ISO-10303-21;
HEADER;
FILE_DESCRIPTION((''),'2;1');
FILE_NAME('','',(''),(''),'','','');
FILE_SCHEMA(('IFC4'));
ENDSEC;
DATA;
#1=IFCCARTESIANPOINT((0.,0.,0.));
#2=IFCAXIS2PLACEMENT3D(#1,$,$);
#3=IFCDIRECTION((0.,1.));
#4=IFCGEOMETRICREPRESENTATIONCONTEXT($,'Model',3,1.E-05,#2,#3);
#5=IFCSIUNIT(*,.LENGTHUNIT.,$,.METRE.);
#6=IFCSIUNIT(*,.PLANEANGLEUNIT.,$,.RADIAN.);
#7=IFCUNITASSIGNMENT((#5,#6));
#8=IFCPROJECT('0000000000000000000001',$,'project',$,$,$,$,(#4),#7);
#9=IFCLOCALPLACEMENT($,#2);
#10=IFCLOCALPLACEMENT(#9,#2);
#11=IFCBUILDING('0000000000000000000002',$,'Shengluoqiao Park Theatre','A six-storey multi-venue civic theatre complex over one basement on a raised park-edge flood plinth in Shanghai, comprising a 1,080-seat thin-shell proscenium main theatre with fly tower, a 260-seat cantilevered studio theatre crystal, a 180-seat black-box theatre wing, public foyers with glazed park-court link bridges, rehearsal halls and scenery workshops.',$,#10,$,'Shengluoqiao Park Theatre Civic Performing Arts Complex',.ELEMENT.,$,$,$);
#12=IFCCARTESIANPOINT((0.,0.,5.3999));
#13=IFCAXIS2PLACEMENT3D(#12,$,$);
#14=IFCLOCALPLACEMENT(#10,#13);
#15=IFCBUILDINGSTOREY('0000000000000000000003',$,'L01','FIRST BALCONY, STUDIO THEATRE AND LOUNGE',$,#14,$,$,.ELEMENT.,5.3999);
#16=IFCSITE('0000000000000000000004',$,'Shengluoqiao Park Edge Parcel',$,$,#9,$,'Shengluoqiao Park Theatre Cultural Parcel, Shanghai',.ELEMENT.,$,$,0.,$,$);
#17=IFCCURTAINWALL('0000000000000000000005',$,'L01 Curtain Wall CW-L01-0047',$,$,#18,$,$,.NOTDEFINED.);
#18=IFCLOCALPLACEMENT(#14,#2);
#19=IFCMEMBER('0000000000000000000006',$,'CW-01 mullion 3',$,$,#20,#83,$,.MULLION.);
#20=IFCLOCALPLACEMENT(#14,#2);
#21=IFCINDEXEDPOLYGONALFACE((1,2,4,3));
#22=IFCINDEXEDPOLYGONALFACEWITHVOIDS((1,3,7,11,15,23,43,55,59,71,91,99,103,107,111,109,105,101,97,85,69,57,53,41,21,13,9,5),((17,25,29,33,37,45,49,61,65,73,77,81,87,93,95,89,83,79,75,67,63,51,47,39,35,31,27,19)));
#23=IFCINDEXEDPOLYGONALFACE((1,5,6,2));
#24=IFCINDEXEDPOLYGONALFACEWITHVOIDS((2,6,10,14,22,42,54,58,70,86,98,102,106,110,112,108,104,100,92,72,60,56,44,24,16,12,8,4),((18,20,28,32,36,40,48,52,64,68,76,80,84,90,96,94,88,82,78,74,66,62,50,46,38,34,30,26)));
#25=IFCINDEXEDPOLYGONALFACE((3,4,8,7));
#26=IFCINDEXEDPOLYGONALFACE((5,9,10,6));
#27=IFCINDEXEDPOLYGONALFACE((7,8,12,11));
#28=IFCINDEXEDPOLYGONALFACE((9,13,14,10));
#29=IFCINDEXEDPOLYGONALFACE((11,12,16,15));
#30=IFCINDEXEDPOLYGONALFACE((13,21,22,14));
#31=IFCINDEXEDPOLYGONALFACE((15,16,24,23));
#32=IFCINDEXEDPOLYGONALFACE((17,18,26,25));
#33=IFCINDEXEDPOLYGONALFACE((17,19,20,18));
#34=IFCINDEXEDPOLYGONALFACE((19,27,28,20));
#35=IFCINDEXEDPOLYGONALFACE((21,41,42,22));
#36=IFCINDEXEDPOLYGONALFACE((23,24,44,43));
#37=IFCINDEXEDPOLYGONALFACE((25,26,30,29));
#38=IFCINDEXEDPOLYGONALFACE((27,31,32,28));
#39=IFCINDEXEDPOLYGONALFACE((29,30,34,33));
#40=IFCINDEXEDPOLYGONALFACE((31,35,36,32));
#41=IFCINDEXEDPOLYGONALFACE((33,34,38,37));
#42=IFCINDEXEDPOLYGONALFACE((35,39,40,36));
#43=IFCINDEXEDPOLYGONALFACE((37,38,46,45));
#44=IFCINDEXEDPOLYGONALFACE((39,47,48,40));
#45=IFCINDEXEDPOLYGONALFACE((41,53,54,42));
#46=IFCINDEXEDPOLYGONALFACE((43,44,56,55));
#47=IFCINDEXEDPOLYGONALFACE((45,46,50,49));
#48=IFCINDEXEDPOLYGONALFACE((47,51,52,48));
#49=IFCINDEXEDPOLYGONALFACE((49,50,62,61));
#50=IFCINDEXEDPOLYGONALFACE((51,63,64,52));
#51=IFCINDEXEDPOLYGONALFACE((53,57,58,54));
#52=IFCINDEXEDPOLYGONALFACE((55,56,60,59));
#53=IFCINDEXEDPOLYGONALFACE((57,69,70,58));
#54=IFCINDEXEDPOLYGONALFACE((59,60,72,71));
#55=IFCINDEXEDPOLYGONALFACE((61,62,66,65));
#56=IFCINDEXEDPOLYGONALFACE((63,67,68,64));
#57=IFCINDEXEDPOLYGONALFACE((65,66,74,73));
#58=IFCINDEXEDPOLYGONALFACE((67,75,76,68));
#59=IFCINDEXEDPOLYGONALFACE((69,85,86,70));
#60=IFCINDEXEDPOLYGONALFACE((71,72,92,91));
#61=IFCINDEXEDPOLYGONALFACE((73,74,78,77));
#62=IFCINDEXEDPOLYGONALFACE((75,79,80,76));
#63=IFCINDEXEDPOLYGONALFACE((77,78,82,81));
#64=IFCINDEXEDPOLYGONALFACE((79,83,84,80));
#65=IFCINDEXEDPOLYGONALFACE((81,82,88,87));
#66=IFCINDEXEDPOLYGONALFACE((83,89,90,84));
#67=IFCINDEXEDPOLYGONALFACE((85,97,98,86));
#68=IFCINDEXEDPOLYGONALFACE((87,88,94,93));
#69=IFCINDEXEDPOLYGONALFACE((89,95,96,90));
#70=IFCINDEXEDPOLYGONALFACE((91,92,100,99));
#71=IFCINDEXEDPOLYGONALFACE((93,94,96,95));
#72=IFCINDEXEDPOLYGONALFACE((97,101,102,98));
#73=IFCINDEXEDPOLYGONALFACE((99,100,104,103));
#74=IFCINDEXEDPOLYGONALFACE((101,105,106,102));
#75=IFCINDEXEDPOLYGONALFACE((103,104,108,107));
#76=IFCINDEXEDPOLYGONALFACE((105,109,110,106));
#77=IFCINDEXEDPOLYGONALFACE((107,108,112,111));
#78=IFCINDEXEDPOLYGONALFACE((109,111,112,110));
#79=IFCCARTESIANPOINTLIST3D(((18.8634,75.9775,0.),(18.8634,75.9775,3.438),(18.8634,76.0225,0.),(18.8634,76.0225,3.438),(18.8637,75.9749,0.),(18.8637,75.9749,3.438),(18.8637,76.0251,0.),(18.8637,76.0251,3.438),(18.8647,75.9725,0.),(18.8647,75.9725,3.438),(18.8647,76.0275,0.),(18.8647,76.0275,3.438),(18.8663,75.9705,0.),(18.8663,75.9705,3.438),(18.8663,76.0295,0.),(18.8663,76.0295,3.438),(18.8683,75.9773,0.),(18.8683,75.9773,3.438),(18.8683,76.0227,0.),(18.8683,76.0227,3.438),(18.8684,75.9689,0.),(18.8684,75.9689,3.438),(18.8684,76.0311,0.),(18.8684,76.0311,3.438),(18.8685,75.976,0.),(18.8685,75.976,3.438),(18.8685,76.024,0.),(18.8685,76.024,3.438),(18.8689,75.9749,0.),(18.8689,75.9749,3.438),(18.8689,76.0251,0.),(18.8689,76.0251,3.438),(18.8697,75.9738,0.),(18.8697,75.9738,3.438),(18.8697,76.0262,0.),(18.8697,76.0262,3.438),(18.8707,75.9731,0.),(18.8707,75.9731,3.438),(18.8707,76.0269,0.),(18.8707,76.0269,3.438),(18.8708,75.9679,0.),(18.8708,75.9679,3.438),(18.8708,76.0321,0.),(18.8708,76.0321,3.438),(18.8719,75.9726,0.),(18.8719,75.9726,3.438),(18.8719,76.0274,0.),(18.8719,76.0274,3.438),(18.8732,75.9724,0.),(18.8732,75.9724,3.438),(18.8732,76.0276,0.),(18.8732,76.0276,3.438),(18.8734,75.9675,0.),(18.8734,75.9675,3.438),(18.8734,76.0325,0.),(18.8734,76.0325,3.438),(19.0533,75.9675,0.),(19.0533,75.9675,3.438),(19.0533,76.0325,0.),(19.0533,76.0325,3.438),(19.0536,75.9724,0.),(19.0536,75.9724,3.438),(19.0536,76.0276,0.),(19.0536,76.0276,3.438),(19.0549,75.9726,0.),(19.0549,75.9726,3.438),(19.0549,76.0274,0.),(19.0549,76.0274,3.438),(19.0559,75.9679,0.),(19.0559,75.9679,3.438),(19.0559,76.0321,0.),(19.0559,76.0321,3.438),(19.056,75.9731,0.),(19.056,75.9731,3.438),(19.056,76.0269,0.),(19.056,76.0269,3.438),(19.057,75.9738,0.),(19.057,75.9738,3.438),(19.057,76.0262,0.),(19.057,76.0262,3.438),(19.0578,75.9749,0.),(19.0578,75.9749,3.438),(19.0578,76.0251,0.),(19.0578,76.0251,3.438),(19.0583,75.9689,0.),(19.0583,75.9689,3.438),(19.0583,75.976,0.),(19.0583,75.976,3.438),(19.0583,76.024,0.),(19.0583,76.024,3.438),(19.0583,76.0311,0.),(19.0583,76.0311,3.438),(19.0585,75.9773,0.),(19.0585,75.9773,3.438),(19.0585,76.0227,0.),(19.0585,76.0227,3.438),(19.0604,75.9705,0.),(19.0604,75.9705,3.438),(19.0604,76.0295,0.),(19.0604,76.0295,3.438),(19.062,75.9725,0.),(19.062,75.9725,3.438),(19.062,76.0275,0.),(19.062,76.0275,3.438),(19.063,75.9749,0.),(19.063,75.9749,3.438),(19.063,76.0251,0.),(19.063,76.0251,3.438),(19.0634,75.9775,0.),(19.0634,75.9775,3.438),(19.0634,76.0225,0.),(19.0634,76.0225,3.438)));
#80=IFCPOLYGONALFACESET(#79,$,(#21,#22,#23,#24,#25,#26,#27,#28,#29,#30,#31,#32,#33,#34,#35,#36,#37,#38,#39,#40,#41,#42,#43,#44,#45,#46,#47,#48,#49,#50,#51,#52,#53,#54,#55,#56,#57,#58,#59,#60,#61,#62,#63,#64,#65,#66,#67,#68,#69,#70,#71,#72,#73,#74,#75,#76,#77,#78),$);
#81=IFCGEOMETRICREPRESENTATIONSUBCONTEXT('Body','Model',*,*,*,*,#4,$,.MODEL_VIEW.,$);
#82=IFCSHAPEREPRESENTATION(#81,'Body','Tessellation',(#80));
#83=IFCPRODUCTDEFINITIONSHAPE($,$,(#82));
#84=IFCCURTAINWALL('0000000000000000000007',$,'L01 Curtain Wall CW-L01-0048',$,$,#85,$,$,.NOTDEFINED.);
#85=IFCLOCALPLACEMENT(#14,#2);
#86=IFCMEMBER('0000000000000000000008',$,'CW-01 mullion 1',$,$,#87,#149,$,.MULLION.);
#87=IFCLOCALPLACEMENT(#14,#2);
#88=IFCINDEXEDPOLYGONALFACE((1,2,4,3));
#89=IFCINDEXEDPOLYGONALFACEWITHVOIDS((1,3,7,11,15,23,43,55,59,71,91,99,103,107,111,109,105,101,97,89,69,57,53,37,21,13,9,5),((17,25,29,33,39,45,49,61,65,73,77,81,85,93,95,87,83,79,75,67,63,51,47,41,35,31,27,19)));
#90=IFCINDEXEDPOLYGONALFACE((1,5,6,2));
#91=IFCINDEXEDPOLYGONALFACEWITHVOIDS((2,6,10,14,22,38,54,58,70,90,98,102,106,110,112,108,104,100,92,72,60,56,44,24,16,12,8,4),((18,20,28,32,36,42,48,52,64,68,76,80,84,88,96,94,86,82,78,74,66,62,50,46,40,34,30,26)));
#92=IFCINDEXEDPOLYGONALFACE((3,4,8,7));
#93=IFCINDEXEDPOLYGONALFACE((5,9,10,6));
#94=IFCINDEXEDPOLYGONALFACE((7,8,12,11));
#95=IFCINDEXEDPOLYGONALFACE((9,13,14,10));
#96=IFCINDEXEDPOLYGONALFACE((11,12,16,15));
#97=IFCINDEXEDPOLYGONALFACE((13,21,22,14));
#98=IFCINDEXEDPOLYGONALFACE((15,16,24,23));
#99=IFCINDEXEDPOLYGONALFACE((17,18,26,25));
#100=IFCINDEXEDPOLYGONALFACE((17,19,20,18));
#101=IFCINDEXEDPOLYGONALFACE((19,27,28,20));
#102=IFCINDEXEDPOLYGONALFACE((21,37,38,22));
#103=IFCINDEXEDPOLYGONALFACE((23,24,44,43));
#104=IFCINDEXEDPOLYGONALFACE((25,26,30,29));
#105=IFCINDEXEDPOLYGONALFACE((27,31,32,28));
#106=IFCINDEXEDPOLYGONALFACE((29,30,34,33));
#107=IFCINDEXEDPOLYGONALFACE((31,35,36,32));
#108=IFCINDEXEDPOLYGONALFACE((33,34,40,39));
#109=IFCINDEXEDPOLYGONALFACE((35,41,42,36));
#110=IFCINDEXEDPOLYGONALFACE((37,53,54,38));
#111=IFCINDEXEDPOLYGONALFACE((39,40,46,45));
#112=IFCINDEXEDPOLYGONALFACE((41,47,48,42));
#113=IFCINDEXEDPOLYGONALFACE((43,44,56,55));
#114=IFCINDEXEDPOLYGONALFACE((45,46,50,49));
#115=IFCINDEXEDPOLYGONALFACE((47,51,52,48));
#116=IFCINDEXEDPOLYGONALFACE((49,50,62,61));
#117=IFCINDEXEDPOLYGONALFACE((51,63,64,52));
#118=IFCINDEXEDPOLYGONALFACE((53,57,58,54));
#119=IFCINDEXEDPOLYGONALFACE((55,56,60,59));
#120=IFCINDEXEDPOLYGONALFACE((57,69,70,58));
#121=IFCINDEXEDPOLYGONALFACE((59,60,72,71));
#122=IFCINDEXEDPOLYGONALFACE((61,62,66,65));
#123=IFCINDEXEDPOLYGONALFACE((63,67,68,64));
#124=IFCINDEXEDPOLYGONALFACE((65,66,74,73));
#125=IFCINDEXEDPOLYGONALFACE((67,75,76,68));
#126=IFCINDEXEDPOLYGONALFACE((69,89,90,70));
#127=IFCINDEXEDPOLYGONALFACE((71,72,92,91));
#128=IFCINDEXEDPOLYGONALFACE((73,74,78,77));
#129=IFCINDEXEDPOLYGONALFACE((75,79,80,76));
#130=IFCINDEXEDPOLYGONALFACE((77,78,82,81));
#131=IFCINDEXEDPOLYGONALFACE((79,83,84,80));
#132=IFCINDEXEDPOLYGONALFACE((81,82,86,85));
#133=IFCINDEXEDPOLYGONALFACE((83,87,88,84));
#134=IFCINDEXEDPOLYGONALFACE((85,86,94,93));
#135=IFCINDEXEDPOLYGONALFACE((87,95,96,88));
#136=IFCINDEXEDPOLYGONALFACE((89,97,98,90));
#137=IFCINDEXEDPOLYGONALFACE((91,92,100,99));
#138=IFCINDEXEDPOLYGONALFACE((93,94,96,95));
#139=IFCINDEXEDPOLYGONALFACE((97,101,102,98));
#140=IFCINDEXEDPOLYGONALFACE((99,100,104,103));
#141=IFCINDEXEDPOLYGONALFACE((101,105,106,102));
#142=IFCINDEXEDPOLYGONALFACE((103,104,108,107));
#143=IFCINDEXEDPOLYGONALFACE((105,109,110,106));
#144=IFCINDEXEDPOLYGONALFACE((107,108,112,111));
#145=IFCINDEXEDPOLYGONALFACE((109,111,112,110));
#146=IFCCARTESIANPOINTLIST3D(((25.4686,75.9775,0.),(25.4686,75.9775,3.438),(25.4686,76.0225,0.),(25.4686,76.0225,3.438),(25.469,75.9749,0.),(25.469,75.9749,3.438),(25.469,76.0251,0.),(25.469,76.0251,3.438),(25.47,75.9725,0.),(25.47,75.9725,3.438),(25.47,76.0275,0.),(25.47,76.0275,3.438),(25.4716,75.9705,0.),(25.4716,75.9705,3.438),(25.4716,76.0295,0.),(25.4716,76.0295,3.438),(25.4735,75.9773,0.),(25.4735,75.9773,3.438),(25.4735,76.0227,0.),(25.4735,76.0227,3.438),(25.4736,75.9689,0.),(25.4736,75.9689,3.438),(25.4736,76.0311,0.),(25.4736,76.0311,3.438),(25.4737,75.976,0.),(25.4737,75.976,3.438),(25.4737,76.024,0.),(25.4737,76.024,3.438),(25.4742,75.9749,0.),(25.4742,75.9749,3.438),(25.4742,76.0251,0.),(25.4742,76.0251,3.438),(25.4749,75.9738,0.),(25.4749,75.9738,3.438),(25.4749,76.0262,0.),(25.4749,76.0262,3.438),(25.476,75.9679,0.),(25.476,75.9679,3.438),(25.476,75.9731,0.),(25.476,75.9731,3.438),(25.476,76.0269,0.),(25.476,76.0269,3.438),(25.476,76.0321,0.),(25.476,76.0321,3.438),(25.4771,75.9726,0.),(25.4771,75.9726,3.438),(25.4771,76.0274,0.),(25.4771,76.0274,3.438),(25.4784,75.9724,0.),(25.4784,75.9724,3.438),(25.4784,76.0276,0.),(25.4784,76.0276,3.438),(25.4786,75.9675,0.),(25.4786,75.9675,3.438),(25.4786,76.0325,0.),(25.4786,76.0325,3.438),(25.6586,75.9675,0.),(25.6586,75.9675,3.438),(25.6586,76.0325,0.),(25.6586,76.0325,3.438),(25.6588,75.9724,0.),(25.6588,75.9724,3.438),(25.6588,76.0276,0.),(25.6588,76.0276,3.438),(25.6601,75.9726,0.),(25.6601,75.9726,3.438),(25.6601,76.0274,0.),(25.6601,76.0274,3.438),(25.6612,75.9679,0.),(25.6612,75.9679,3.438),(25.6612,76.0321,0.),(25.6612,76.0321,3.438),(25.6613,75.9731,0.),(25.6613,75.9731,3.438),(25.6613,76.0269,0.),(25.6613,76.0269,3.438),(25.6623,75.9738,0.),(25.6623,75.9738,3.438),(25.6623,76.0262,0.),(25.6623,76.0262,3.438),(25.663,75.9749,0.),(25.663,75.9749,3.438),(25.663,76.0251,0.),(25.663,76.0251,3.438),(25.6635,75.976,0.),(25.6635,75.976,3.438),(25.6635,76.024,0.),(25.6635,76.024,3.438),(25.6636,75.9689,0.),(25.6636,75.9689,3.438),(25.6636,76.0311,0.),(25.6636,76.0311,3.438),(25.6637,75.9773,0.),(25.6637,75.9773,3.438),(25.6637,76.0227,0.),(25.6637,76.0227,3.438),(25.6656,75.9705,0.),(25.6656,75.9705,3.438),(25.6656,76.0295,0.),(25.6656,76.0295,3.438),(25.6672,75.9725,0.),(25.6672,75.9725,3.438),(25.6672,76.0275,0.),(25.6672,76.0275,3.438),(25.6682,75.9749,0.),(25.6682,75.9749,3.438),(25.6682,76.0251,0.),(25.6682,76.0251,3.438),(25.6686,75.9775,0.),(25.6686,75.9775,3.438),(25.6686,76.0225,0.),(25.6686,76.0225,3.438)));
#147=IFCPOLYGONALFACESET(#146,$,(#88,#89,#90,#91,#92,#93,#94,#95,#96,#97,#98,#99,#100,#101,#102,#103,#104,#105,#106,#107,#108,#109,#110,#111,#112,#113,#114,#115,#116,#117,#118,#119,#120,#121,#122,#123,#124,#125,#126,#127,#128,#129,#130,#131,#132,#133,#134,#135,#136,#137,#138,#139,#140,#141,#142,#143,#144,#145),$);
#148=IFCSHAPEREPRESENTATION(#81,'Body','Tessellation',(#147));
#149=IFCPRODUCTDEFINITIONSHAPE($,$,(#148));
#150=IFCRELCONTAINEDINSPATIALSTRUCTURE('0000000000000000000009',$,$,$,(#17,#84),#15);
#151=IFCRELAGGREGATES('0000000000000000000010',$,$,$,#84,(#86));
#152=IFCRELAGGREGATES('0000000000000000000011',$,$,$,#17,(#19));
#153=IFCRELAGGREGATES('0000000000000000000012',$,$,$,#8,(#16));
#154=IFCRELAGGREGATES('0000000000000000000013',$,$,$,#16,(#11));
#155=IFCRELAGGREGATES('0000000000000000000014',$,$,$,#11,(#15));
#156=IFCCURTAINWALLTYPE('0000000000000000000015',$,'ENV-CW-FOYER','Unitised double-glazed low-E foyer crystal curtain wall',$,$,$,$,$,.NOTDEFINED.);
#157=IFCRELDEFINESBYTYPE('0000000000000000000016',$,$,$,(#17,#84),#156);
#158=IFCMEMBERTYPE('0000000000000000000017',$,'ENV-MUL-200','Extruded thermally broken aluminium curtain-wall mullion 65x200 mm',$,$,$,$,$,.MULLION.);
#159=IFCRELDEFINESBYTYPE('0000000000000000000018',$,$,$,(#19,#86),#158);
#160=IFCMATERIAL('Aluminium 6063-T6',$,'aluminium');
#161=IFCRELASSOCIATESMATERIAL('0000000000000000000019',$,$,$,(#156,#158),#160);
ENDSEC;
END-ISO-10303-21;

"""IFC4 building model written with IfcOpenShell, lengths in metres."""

from ifc_helpers import new_model, si_unit, direction, frame, origin, origin_2d, place, context, subcontext, project, spatial, hollow_rectangle, extrude, material, material_profile, profile_set, type_object, element, aggregate, save


model = new_model("IFC4")

# Units and contexts
model_context = context("Model", 3, precision=1e-05, world=origin(), true_north=direction((0.0, 1.0)))
body_context = subcontext(model_context, "Body", "Model", "MODEL_VIEW")
ifc_project = project(units=[si_unit("LENGTHUNIT", "METRE"), si_unit("PLANEANGLEUNIT", "RADIAN")], contexts=[model_context])

# Site, building, storey
site_placement = place(None, origin())
site = spatial("IfcSite", under=ifc_project, at=site_placement, Name="Shengluoqiao Park Edge Parcel", LongName="Shengluoqiao Park Theatre Cultural Parcel, Shanghai", CompositionType="ELEMENT", RefElevation=0.0)
building_placement = place(site_placement, origin())
building = spatial("IfcBuilding", under=site, at=building_placement, Name="Shengluoqiao Park Theatre", Description="A six-storey multi-venue civic theatre complex over one basement on a raised park-edge flood plinth in Shanghai, comprising a 1,080-seat thin-shell proscenium main theatre with fly tower, a 260-seat cantilevered studio theatre crystal, a 180-seat black-box theatre wing, public foyers with glazed park-court link bridges, rehearsal halls and scenery workshops.", LongName="Shengluoqiao Park Theatre Civic Performing Arts Complex", CompositionType="ELEMENT")
storey_placement = place(building_placement, frame((0.0, 0.0, 5.3999)))
storey = spatial("IfcBuildingStorey", under=building, at=storey_placement, Name="L01", Description="FIRST BALCONY, STUDIO THEATRE AND LOUNGE", CompositionType="ELEMENT", Elevation=5.3999)

# Shared definitions
ifc_material_1 = material(Name="Aluminium 6063-T6", Category="aluminium")
curtain_wall_type = type_object("IfcCurtainWallType", Name="ENV-CW-FOYER", Description="Unitised double-glazed low-E foyer crystal curtain wall", PredefinedType="NOTDEFINED", material=ifc_material_1)
ifc_material_profile_1 = material_profile(ifc_material_1, hollow_rectangle(XDim=0.0649, YDim=0.2, WallThickness=0.0049, InnerFilletRadius=0.0049, OuterFilletRadius=0.01, at=origin_2d()), Name="ALU MULLION 200x65x5")
ifc_profile_set_1 = profile_set([ifc_material_profile_1], Name="Aluminium 6063-T6")
member_type_1 = type_object("IfcMemberType", Name="ENV-MUL-200", Description="Extruded thermally broken aluminium curtain-wall mullion 65x200 mm", PredefinedType="MULLION", material=ifc_profile_set_1)

# Curtain wall, member
curtain_wall_1_placement = place(storey_placement, origin())
curtain_wall_1 = element("IfcCurtainWall", 1, at=curtain_wall_1_placement, inside=storey, type_object=curtain_wall_type, Name="L01 Curtain Wall CW-L01-0047", PredefinedType="NOTDEFINED")
member_1_placement = place(storey_placement, frame((18.9634, 76.0, 0.0), z_axis=(0.0, 0.0, 1.0), x_axis=(0.0, 1.0, 0.0)))
member_1 = element("IfcMember", 2, at=member_1_placement, type_object=member_type_1, Name="CW-01 mullion 3", PredefinedType="MULLION", context=body_context, shape_type="SweptSolid", body=[
    extrude(hollow_rectangle(XDim=0.0649, YDim=0.2, WallThickness=0.0049, InnerFilletRadius=0.0049, OuterFilletRadius=0.01, at=origin_2d()), origin(), (0.0, 0.0, 1.0), 3.438),
])

# Curtain wall, member
curtain_wall_2_placement = place(storey_placement, origin())
curtain_wall_2 = element("IfcCurtainWall", 3, at=curtain_wall_2_placement, inside=storey, type_object=curtain_wall_type, Name="L01 Curtain Wall CW-L01-0048", PredefinedType="NOTDEFINED")
member_2_placement = place(storey_placement, frame((25.5686, 76.0, 0.0), z_axis=(0.0, 0.0, 1.0), x_axis=(0.0, 1.0, 0.0)))
member_2 = element("IfcMember", 4, at=member_2_placement, type_object=member_type_1, Name="CW-01 mullion 1", PredefinedType="MULLION", context=body_context, shape_type="SweptSolid", body=[
    extrude(hollow_rectangle(XDim=0.0649, YDim=0.2, WallThickness=0.0049, InnerFilletRadius=0.0049, OuterFilletRadius=0.01, at=origin_2d()), origin(), (0.0, 0.0, 1.0), 3.438),
])

aggregate(curtain_wall_2, [member_2])

aggregate(curtain_wall_1, [member_1])

save(model, "model.ifc")
